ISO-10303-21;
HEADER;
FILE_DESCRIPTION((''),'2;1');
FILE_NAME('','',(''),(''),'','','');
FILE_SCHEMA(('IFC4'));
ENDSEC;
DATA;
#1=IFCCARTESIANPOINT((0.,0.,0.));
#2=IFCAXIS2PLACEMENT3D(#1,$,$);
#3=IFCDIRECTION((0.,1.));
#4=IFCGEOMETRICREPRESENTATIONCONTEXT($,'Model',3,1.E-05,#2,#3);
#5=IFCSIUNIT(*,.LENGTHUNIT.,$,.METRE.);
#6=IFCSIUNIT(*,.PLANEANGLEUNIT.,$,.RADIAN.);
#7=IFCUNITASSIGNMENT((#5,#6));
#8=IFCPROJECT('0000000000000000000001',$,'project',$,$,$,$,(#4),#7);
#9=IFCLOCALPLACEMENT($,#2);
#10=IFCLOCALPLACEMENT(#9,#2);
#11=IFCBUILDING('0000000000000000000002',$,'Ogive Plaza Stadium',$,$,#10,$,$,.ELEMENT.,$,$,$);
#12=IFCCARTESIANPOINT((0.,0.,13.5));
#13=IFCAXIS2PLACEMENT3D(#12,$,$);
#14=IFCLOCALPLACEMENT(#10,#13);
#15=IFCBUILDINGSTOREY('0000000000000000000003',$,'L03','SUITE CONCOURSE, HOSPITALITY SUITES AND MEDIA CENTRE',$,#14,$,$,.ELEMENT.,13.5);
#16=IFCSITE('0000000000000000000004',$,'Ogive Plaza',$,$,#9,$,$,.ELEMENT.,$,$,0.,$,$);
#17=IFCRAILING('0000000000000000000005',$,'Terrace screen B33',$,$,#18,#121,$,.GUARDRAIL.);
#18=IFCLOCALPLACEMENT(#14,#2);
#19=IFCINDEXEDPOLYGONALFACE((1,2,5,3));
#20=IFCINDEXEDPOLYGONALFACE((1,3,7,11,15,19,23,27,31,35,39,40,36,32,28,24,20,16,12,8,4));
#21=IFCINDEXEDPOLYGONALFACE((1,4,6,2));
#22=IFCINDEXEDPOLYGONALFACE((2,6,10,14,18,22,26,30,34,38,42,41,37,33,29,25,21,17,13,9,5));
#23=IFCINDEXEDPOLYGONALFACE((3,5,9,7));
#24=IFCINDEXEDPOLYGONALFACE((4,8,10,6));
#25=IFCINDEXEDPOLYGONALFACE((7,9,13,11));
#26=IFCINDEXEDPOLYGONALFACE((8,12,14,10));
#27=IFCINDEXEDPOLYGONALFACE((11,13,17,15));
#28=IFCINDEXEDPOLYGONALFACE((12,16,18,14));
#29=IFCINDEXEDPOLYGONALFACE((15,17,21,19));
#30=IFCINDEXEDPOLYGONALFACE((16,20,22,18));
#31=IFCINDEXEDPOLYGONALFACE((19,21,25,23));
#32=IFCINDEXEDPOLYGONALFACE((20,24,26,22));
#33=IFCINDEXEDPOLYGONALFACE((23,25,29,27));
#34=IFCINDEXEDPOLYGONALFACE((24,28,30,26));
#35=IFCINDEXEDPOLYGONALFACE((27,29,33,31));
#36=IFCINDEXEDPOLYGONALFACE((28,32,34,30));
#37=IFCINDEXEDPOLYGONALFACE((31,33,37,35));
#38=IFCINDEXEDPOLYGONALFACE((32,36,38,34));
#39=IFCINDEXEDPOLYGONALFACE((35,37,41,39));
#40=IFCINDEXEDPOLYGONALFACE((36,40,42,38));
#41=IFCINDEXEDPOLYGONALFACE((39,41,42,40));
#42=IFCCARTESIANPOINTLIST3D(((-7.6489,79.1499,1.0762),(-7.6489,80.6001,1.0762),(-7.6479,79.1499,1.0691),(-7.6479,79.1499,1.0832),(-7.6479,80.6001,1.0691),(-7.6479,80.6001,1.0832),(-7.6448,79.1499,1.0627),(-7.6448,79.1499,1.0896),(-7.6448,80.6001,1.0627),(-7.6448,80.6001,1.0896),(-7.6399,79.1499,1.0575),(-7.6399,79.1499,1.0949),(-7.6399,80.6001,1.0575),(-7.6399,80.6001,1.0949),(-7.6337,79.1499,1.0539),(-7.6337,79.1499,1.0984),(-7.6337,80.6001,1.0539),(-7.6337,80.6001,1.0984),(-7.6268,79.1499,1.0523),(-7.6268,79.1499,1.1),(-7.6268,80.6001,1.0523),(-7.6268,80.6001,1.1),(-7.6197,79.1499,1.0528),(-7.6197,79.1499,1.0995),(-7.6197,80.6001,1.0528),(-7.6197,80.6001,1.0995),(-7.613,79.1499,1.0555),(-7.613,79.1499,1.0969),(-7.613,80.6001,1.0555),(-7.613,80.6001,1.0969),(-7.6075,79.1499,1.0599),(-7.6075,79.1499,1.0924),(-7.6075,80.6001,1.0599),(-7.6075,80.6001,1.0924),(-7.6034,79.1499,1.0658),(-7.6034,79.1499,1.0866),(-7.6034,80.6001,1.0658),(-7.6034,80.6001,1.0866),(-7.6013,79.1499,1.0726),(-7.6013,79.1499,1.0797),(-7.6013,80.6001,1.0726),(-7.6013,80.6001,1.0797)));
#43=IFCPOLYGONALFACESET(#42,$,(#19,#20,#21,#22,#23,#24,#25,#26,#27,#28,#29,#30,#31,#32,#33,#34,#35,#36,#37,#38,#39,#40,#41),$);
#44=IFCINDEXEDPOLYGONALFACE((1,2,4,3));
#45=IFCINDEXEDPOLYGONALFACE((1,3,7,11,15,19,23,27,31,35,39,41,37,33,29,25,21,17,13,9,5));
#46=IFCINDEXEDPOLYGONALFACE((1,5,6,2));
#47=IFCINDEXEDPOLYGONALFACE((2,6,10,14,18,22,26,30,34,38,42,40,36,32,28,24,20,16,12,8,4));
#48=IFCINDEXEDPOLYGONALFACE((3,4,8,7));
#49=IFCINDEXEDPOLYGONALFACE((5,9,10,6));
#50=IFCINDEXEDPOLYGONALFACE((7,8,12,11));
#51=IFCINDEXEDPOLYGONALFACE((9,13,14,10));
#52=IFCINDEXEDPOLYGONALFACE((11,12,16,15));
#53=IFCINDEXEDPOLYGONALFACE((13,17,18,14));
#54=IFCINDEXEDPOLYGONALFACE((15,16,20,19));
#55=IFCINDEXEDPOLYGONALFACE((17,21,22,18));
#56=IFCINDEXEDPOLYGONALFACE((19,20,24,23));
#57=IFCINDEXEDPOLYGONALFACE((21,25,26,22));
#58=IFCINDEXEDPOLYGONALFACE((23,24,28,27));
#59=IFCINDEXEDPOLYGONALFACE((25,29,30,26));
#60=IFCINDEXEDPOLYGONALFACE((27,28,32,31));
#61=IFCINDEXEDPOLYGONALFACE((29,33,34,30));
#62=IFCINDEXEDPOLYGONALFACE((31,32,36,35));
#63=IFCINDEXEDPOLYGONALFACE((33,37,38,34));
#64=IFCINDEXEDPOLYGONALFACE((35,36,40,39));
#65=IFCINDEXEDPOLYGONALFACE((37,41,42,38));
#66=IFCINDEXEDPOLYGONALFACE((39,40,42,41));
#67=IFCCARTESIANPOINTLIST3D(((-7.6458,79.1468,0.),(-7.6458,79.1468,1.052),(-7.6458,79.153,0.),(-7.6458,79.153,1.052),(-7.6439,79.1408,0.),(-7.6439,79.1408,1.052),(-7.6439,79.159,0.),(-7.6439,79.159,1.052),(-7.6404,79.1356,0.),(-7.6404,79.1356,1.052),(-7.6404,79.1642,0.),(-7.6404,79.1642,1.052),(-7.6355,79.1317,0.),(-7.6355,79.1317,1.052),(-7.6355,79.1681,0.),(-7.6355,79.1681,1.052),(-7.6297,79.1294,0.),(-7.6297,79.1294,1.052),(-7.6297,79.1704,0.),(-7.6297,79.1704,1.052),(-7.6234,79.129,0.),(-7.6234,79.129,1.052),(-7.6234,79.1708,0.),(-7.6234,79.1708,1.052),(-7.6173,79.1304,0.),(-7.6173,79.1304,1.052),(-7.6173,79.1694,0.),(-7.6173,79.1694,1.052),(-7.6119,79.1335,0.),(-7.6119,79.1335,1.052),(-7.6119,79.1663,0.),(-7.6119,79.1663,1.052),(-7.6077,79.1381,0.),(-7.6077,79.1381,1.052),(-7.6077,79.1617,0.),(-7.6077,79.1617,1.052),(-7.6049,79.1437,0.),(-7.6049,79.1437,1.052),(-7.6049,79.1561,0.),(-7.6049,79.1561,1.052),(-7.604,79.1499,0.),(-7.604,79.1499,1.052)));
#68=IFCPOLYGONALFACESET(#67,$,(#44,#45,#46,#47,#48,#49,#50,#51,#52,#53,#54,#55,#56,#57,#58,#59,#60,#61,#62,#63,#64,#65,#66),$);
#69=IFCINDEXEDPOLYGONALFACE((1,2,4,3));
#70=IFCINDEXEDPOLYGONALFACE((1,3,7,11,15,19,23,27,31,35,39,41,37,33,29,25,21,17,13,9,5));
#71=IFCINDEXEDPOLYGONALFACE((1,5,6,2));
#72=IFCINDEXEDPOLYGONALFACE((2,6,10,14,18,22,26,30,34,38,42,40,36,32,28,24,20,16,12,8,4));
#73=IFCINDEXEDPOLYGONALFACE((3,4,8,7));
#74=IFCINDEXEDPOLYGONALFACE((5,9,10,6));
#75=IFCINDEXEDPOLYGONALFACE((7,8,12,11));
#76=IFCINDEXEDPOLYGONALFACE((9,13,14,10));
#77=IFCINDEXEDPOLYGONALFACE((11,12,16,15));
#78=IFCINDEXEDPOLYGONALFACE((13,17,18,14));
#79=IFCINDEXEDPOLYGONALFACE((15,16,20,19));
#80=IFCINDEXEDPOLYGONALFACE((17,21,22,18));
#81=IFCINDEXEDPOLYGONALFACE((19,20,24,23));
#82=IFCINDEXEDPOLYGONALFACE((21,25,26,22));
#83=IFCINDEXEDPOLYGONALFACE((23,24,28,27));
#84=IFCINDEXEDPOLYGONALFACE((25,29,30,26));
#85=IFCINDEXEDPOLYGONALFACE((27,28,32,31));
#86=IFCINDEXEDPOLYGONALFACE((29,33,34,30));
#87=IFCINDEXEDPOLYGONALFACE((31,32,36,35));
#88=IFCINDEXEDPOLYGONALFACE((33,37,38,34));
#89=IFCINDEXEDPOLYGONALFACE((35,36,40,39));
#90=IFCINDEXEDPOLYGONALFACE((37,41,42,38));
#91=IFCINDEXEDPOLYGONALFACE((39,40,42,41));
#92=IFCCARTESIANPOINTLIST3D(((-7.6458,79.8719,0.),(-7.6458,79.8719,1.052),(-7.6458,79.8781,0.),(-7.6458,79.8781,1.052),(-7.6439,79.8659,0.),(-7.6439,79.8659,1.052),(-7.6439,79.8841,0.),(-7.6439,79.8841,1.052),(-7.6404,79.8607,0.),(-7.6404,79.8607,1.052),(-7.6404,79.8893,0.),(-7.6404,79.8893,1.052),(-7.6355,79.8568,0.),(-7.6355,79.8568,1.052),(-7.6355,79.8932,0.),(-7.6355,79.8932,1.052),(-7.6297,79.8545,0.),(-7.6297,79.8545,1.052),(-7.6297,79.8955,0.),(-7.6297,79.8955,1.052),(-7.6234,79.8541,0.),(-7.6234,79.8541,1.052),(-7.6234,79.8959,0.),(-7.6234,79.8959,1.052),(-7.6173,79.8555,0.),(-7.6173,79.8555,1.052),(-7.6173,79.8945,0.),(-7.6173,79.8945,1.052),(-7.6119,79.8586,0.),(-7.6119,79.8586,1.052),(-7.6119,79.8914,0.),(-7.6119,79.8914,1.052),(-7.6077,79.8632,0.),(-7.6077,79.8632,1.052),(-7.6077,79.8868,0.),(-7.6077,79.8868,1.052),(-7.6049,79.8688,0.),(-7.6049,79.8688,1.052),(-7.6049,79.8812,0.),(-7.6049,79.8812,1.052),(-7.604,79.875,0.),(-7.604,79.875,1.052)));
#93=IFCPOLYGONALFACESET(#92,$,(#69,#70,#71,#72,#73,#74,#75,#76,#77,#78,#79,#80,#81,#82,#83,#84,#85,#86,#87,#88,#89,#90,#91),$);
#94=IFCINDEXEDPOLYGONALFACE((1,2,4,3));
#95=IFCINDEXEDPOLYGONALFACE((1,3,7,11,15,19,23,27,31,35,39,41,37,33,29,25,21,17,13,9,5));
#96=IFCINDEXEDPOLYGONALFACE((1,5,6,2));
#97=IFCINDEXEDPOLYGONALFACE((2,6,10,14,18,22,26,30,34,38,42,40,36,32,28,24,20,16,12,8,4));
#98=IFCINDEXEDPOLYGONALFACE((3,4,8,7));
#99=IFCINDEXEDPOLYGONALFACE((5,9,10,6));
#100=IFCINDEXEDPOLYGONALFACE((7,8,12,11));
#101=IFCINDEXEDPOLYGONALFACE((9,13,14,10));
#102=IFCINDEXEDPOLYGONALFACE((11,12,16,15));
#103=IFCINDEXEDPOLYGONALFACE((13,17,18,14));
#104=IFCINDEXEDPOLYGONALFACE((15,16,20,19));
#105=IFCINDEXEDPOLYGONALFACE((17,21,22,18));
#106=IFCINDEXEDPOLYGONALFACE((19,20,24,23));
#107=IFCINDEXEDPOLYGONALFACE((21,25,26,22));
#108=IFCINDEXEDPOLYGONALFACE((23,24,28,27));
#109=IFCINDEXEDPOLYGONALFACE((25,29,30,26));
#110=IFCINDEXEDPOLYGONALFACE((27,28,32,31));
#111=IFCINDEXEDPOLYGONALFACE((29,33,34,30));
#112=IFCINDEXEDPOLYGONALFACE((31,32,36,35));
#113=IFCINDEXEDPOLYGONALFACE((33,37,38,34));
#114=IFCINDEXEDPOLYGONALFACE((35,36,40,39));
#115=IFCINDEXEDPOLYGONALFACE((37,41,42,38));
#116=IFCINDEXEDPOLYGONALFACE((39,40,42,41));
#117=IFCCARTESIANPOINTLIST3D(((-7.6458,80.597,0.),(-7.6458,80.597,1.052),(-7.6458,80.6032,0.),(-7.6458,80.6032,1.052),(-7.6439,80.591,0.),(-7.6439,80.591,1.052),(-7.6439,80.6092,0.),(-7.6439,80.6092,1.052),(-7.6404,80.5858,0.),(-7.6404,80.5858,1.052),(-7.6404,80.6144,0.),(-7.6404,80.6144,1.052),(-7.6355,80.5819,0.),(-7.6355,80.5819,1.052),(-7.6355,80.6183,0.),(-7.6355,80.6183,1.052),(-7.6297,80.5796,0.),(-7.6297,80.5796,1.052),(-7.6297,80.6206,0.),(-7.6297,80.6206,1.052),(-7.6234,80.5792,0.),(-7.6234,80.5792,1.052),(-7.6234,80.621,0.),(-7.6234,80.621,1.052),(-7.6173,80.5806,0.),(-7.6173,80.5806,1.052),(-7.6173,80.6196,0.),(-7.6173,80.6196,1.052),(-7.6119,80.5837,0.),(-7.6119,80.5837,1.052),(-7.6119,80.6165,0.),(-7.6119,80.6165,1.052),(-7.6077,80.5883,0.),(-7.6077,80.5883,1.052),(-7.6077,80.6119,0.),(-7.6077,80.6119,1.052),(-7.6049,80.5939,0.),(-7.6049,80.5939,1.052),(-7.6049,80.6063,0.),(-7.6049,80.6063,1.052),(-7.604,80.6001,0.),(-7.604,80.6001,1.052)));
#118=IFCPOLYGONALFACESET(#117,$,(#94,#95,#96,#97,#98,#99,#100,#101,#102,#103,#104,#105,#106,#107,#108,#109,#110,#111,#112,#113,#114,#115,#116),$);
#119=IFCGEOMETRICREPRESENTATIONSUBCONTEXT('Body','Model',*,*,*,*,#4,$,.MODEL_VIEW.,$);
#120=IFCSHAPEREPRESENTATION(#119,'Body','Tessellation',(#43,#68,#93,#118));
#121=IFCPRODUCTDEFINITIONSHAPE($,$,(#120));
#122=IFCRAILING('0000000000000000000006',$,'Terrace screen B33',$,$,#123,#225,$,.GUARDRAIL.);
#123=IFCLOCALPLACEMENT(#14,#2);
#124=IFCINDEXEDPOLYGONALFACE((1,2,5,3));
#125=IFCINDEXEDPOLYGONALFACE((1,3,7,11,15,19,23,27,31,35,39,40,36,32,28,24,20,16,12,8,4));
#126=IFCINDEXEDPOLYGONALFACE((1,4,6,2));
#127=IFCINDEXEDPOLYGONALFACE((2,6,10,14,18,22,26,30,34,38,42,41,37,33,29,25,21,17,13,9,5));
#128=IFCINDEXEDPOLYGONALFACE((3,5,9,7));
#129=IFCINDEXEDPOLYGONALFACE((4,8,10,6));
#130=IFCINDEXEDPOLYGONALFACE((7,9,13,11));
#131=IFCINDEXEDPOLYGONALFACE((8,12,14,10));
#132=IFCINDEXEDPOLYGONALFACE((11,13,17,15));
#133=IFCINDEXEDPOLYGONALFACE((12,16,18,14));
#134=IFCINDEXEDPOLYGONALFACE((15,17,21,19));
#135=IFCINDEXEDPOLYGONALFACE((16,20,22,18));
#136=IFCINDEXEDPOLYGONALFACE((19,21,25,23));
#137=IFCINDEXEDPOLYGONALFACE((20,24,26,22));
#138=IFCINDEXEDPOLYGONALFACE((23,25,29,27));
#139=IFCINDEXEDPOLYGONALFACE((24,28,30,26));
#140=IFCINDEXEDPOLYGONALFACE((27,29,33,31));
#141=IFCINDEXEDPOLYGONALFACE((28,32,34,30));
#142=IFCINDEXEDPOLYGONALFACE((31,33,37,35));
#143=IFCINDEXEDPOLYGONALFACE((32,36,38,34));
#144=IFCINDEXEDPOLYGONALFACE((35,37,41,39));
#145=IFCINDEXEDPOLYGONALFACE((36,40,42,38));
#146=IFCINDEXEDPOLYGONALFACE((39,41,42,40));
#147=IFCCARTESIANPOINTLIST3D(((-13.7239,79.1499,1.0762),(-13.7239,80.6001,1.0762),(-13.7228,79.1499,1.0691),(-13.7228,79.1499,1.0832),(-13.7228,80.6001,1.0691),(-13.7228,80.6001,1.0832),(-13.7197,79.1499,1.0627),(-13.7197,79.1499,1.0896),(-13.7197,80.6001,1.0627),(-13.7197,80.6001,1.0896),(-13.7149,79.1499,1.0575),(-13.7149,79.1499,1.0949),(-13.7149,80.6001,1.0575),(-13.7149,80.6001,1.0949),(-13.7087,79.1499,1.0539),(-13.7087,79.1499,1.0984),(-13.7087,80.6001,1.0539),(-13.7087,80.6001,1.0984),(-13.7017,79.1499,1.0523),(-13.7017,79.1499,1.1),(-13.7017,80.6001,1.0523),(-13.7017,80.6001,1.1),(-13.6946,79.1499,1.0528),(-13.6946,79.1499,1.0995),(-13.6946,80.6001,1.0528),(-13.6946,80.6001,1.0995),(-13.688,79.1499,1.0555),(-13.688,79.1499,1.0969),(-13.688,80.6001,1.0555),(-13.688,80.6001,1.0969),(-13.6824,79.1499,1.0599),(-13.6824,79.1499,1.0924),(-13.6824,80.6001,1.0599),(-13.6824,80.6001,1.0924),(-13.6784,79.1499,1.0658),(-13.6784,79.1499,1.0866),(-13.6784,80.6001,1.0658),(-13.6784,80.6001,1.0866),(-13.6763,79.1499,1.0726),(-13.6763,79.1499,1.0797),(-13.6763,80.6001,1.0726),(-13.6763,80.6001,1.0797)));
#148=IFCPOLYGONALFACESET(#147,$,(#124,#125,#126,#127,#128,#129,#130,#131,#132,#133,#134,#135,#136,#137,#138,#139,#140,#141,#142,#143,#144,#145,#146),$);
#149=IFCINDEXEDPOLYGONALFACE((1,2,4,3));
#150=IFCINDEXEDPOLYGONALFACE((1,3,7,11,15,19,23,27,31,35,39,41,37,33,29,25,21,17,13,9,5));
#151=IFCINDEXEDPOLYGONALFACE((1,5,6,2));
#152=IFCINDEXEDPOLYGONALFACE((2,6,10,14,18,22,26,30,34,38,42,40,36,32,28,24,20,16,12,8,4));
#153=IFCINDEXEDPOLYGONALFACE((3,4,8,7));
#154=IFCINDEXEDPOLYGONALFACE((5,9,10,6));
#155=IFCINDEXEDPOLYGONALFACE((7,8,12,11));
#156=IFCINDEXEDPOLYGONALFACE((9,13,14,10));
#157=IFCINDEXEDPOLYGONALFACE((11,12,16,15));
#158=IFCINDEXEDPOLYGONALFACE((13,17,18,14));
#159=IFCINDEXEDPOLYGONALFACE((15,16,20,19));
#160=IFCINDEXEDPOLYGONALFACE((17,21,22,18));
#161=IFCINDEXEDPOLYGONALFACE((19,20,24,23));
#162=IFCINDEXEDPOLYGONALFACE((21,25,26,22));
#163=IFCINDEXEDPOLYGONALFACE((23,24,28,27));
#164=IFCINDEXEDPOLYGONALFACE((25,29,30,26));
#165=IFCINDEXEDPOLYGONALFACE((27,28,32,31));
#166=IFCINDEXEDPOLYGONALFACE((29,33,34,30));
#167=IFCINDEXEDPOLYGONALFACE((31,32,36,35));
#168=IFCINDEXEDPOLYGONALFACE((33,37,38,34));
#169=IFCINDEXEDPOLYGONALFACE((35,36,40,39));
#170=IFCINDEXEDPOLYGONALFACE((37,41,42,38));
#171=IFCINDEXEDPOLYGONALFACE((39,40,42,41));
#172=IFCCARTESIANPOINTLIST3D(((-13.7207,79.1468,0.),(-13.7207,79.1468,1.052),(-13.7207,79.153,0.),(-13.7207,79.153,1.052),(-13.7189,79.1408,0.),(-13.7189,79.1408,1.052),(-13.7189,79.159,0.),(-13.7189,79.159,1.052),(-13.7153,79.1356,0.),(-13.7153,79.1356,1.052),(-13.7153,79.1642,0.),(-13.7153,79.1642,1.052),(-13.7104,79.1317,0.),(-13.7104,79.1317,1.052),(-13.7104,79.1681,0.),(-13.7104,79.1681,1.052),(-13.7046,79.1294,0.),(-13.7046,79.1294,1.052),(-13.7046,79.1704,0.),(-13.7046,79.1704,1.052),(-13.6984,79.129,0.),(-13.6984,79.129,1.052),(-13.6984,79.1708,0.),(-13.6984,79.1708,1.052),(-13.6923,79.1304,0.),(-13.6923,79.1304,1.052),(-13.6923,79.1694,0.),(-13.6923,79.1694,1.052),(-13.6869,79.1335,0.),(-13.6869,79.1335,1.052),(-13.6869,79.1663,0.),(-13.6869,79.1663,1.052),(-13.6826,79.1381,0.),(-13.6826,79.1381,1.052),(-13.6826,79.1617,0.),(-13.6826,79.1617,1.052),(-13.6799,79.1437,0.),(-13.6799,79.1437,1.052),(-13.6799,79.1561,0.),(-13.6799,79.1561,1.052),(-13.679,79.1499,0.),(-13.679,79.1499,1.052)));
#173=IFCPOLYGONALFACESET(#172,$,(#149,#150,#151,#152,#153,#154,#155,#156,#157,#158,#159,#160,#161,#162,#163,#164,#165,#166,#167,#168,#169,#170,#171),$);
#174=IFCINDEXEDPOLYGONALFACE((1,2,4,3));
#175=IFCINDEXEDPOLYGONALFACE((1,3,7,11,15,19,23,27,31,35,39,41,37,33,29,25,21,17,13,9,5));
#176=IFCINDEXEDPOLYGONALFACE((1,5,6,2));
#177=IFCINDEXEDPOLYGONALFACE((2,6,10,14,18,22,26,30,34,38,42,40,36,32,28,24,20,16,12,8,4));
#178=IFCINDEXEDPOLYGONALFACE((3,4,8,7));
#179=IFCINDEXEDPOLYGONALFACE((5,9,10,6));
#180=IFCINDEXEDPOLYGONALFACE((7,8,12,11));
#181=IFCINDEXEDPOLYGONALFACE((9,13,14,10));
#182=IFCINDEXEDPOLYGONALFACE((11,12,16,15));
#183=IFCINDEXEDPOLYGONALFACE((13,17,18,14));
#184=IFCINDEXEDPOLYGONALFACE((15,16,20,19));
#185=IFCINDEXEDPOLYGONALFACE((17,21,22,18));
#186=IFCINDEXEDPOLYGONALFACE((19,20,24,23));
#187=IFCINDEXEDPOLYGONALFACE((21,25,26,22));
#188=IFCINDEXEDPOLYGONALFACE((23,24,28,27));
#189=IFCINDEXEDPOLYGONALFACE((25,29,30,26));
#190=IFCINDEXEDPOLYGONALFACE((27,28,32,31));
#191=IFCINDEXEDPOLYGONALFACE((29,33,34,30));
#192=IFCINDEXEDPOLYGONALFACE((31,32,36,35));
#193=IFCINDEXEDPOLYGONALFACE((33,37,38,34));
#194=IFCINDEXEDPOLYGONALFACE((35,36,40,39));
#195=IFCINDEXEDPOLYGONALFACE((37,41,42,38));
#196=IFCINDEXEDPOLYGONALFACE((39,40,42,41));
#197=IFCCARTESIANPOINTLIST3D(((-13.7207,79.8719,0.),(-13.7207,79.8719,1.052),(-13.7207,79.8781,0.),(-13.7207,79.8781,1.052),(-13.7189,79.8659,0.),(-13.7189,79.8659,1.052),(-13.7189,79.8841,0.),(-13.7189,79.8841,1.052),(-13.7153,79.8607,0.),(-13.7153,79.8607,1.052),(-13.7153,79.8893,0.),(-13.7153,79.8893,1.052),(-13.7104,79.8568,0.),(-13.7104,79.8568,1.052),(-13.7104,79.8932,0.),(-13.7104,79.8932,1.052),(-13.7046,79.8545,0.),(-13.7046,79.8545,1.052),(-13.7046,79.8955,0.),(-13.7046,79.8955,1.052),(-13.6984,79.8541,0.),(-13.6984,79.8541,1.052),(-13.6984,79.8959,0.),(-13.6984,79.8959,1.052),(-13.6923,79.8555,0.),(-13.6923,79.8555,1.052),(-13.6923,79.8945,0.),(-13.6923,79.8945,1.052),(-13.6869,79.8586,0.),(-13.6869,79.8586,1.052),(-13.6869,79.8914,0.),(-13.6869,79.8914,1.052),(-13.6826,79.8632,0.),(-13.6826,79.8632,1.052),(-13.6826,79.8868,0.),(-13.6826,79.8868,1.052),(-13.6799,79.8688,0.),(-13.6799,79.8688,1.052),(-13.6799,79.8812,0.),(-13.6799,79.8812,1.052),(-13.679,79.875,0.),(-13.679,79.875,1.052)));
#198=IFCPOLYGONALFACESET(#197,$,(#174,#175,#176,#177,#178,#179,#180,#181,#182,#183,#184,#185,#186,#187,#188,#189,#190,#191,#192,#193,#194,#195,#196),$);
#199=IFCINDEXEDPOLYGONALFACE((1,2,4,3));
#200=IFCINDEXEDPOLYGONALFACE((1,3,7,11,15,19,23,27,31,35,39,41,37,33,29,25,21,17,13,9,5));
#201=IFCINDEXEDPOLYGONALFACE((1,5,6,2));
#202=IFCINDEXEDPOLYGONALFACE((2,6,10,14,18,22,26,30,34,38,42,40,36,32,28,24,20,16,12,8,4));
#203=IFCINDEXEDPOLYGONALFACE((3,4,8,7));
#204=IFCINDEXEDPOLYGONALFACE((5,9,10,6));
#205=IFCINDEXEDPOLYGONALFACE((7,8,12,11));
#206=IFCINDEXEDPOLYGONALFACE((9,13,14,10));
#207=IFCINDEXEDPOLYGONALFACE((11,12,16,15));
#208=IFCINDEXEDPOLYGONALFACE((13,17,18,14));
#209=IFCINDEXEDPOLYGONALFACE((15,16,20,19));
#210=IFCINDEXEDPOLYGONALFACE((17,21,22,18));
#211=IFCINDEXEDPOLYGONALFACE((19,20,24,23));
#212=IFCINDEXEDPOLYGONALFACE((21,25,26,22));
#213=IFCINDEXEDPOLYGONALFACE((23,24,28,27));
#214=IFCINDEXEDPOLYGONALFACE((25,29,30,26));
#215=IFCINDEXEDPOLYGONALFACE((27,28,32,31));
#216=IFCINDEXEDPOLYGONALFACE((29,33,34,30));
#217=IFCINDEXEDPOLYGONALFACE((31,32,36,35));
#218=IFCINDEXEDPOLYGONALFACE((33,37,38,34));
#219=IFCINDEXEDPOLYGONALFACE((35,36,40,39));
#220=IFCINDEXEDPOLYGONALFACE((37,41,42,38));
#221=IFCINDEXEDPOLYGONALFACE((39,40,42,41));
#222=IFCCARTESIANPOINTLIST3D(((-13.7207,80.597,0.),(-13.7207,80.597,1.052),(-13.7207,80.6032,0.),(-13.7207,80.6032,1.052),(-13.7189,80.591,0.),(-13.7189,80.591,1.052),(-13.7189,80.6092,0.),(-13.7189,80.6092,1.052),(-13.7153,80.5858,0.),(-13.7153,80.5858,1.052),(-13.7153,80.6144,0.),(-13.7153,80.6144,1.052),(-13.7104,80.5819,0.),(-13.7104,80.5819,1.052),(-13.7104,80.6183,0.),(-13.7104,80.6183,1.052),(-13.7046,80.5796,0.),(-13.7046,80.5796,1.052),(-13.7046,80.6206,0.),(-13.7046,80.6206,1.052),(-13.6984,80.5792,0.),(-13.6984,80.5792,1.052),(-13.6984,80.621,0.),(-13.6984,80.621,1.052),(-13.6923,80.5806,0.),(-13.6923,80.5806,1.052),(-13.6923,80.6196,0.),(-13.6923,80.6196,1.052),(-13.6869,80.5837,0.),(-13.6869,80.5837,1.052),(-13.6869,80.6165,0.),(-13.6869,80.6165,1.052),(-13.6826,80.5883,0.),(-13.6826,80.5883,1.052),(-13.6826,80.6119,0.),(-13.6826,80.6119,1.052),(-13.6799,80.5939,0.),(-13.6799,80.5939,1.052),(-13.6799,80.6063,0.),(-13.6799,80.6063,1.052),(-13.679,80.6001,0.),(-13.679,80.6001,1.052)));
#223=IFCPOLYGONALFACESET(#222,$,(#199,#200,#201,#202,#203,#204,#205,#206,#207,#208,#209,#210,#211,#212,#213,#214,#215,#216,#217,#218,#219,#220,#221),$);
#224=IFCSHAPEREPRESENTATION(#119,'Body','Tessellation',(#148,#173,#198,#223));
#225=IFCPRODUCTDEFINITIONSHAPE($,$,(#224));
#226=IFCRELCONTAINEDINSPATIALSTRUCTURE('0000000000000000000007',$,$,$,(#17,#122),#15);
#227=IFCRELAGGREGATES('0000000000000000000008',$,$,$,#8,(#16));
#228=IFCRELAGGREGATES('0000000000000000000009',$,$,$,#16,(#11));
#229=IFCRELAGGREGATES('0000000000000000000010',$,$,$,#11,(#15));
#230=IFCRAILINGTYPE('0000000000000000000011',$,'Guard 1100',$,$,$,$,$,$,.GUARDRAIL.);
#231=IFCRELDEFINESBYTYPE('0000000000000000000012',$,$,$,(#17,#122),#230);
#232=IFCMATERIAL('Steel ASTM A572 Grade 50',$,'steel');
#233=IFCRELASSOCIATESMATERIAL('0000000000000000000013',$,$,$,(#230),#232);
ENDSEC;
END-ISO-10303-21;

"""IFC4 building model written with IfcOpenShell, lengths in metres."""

from ifc_helpers import new_model, si_unit, direction, frame, origin, origin_2d, place, context, subcontext, project, spatial, circle, extrude, material, type_object, element, save


model = new_model("IFC4")

# Units and contexts
model_context = context("Model", 3, precision=1e-05, world=origin(), true_north=direction((0.0, 1.0)))
body_context = subcontext(model_context, "Body", "Model", "MODEL_VIEW")
ifc_project = project(units=[si_unit("LENGTHUNIT", "METRE"), si_unit("PLANEANGLEUNIT", "RADIAN")], contexts=[model_context])

# Site, building, storey
site_placement = place(None, origin())
site = spatial("IfcSite", under=ifc_project, at=site_placement, Name="Ogive Plaza", CompositionType="ELEMENT", RefElevation=0.0)
building_placement = place(site_placement, origin())
building = spatial("IfcBuilding", under=site, at=building_placement, Name="Ogive Plaza Stadium", CompositionType="ELEMENT")
storey_placement = place(building_placement, frame((0.0, 0.0, 13.5)))
storey = spatial("IfcBuildingStorey", under=building, at=storey_placement, Name="L03", Description="SUITE CONCOURSE, HOSPITALITY SUITES AND MEDIA CENTRE", CompositionType="ELEMENT", Elevation=13.5)

# Railings
ifc_material_1 = material(Name="Steel ASTM A572 Grade 50", Category="steel")
railing_type = type_object("IfcRailingType", Name="Guard 1100", PredefinedType="GUARDRAIL", material=ifc_material_1)
for number, where, name in (
    (1, (-7.625, 79.1499, 0.0), "Terrace screen B33"),
    (2, (-13.7, 79.1499, 0.0), "Terrace screen B33"),
):
    element("IfcRailing", number, at=place(storey_placement, frame(where)), inside=storey, type_object=railing_type, Name=name, PredefinedType="GUARDRAIL", context=body_context, shape_type="SweptSolid", body=[
        extrude(circle(Radius=0.0239, at=origin_2d()), frame((0.0, 0.0, 1.0762), z_axis=(0.0, 1.0, 0.0), x_axis=(-1.0, 0.0, 0.0)), (0.0, 0.0, 1.0), 1.4502),
        extrude(circle(Radius=0.021, at=origin_2d()), origin(), (0.0, 0.0, 1.0), 1.052),
        extrude(circle(Radius=0.021, at=origin_2d()), frame((0.0, 0.7251, 0.0)), (0.0, 0.0, 1.0), 1.052),
        extrude(circle(Radius=0.021, at=origin_2d()), frame((0.0, 1.4502, 0.0)), (0.0, 0.0, 1.0), 1.052),
    ])

save(model, "model.ifc")
